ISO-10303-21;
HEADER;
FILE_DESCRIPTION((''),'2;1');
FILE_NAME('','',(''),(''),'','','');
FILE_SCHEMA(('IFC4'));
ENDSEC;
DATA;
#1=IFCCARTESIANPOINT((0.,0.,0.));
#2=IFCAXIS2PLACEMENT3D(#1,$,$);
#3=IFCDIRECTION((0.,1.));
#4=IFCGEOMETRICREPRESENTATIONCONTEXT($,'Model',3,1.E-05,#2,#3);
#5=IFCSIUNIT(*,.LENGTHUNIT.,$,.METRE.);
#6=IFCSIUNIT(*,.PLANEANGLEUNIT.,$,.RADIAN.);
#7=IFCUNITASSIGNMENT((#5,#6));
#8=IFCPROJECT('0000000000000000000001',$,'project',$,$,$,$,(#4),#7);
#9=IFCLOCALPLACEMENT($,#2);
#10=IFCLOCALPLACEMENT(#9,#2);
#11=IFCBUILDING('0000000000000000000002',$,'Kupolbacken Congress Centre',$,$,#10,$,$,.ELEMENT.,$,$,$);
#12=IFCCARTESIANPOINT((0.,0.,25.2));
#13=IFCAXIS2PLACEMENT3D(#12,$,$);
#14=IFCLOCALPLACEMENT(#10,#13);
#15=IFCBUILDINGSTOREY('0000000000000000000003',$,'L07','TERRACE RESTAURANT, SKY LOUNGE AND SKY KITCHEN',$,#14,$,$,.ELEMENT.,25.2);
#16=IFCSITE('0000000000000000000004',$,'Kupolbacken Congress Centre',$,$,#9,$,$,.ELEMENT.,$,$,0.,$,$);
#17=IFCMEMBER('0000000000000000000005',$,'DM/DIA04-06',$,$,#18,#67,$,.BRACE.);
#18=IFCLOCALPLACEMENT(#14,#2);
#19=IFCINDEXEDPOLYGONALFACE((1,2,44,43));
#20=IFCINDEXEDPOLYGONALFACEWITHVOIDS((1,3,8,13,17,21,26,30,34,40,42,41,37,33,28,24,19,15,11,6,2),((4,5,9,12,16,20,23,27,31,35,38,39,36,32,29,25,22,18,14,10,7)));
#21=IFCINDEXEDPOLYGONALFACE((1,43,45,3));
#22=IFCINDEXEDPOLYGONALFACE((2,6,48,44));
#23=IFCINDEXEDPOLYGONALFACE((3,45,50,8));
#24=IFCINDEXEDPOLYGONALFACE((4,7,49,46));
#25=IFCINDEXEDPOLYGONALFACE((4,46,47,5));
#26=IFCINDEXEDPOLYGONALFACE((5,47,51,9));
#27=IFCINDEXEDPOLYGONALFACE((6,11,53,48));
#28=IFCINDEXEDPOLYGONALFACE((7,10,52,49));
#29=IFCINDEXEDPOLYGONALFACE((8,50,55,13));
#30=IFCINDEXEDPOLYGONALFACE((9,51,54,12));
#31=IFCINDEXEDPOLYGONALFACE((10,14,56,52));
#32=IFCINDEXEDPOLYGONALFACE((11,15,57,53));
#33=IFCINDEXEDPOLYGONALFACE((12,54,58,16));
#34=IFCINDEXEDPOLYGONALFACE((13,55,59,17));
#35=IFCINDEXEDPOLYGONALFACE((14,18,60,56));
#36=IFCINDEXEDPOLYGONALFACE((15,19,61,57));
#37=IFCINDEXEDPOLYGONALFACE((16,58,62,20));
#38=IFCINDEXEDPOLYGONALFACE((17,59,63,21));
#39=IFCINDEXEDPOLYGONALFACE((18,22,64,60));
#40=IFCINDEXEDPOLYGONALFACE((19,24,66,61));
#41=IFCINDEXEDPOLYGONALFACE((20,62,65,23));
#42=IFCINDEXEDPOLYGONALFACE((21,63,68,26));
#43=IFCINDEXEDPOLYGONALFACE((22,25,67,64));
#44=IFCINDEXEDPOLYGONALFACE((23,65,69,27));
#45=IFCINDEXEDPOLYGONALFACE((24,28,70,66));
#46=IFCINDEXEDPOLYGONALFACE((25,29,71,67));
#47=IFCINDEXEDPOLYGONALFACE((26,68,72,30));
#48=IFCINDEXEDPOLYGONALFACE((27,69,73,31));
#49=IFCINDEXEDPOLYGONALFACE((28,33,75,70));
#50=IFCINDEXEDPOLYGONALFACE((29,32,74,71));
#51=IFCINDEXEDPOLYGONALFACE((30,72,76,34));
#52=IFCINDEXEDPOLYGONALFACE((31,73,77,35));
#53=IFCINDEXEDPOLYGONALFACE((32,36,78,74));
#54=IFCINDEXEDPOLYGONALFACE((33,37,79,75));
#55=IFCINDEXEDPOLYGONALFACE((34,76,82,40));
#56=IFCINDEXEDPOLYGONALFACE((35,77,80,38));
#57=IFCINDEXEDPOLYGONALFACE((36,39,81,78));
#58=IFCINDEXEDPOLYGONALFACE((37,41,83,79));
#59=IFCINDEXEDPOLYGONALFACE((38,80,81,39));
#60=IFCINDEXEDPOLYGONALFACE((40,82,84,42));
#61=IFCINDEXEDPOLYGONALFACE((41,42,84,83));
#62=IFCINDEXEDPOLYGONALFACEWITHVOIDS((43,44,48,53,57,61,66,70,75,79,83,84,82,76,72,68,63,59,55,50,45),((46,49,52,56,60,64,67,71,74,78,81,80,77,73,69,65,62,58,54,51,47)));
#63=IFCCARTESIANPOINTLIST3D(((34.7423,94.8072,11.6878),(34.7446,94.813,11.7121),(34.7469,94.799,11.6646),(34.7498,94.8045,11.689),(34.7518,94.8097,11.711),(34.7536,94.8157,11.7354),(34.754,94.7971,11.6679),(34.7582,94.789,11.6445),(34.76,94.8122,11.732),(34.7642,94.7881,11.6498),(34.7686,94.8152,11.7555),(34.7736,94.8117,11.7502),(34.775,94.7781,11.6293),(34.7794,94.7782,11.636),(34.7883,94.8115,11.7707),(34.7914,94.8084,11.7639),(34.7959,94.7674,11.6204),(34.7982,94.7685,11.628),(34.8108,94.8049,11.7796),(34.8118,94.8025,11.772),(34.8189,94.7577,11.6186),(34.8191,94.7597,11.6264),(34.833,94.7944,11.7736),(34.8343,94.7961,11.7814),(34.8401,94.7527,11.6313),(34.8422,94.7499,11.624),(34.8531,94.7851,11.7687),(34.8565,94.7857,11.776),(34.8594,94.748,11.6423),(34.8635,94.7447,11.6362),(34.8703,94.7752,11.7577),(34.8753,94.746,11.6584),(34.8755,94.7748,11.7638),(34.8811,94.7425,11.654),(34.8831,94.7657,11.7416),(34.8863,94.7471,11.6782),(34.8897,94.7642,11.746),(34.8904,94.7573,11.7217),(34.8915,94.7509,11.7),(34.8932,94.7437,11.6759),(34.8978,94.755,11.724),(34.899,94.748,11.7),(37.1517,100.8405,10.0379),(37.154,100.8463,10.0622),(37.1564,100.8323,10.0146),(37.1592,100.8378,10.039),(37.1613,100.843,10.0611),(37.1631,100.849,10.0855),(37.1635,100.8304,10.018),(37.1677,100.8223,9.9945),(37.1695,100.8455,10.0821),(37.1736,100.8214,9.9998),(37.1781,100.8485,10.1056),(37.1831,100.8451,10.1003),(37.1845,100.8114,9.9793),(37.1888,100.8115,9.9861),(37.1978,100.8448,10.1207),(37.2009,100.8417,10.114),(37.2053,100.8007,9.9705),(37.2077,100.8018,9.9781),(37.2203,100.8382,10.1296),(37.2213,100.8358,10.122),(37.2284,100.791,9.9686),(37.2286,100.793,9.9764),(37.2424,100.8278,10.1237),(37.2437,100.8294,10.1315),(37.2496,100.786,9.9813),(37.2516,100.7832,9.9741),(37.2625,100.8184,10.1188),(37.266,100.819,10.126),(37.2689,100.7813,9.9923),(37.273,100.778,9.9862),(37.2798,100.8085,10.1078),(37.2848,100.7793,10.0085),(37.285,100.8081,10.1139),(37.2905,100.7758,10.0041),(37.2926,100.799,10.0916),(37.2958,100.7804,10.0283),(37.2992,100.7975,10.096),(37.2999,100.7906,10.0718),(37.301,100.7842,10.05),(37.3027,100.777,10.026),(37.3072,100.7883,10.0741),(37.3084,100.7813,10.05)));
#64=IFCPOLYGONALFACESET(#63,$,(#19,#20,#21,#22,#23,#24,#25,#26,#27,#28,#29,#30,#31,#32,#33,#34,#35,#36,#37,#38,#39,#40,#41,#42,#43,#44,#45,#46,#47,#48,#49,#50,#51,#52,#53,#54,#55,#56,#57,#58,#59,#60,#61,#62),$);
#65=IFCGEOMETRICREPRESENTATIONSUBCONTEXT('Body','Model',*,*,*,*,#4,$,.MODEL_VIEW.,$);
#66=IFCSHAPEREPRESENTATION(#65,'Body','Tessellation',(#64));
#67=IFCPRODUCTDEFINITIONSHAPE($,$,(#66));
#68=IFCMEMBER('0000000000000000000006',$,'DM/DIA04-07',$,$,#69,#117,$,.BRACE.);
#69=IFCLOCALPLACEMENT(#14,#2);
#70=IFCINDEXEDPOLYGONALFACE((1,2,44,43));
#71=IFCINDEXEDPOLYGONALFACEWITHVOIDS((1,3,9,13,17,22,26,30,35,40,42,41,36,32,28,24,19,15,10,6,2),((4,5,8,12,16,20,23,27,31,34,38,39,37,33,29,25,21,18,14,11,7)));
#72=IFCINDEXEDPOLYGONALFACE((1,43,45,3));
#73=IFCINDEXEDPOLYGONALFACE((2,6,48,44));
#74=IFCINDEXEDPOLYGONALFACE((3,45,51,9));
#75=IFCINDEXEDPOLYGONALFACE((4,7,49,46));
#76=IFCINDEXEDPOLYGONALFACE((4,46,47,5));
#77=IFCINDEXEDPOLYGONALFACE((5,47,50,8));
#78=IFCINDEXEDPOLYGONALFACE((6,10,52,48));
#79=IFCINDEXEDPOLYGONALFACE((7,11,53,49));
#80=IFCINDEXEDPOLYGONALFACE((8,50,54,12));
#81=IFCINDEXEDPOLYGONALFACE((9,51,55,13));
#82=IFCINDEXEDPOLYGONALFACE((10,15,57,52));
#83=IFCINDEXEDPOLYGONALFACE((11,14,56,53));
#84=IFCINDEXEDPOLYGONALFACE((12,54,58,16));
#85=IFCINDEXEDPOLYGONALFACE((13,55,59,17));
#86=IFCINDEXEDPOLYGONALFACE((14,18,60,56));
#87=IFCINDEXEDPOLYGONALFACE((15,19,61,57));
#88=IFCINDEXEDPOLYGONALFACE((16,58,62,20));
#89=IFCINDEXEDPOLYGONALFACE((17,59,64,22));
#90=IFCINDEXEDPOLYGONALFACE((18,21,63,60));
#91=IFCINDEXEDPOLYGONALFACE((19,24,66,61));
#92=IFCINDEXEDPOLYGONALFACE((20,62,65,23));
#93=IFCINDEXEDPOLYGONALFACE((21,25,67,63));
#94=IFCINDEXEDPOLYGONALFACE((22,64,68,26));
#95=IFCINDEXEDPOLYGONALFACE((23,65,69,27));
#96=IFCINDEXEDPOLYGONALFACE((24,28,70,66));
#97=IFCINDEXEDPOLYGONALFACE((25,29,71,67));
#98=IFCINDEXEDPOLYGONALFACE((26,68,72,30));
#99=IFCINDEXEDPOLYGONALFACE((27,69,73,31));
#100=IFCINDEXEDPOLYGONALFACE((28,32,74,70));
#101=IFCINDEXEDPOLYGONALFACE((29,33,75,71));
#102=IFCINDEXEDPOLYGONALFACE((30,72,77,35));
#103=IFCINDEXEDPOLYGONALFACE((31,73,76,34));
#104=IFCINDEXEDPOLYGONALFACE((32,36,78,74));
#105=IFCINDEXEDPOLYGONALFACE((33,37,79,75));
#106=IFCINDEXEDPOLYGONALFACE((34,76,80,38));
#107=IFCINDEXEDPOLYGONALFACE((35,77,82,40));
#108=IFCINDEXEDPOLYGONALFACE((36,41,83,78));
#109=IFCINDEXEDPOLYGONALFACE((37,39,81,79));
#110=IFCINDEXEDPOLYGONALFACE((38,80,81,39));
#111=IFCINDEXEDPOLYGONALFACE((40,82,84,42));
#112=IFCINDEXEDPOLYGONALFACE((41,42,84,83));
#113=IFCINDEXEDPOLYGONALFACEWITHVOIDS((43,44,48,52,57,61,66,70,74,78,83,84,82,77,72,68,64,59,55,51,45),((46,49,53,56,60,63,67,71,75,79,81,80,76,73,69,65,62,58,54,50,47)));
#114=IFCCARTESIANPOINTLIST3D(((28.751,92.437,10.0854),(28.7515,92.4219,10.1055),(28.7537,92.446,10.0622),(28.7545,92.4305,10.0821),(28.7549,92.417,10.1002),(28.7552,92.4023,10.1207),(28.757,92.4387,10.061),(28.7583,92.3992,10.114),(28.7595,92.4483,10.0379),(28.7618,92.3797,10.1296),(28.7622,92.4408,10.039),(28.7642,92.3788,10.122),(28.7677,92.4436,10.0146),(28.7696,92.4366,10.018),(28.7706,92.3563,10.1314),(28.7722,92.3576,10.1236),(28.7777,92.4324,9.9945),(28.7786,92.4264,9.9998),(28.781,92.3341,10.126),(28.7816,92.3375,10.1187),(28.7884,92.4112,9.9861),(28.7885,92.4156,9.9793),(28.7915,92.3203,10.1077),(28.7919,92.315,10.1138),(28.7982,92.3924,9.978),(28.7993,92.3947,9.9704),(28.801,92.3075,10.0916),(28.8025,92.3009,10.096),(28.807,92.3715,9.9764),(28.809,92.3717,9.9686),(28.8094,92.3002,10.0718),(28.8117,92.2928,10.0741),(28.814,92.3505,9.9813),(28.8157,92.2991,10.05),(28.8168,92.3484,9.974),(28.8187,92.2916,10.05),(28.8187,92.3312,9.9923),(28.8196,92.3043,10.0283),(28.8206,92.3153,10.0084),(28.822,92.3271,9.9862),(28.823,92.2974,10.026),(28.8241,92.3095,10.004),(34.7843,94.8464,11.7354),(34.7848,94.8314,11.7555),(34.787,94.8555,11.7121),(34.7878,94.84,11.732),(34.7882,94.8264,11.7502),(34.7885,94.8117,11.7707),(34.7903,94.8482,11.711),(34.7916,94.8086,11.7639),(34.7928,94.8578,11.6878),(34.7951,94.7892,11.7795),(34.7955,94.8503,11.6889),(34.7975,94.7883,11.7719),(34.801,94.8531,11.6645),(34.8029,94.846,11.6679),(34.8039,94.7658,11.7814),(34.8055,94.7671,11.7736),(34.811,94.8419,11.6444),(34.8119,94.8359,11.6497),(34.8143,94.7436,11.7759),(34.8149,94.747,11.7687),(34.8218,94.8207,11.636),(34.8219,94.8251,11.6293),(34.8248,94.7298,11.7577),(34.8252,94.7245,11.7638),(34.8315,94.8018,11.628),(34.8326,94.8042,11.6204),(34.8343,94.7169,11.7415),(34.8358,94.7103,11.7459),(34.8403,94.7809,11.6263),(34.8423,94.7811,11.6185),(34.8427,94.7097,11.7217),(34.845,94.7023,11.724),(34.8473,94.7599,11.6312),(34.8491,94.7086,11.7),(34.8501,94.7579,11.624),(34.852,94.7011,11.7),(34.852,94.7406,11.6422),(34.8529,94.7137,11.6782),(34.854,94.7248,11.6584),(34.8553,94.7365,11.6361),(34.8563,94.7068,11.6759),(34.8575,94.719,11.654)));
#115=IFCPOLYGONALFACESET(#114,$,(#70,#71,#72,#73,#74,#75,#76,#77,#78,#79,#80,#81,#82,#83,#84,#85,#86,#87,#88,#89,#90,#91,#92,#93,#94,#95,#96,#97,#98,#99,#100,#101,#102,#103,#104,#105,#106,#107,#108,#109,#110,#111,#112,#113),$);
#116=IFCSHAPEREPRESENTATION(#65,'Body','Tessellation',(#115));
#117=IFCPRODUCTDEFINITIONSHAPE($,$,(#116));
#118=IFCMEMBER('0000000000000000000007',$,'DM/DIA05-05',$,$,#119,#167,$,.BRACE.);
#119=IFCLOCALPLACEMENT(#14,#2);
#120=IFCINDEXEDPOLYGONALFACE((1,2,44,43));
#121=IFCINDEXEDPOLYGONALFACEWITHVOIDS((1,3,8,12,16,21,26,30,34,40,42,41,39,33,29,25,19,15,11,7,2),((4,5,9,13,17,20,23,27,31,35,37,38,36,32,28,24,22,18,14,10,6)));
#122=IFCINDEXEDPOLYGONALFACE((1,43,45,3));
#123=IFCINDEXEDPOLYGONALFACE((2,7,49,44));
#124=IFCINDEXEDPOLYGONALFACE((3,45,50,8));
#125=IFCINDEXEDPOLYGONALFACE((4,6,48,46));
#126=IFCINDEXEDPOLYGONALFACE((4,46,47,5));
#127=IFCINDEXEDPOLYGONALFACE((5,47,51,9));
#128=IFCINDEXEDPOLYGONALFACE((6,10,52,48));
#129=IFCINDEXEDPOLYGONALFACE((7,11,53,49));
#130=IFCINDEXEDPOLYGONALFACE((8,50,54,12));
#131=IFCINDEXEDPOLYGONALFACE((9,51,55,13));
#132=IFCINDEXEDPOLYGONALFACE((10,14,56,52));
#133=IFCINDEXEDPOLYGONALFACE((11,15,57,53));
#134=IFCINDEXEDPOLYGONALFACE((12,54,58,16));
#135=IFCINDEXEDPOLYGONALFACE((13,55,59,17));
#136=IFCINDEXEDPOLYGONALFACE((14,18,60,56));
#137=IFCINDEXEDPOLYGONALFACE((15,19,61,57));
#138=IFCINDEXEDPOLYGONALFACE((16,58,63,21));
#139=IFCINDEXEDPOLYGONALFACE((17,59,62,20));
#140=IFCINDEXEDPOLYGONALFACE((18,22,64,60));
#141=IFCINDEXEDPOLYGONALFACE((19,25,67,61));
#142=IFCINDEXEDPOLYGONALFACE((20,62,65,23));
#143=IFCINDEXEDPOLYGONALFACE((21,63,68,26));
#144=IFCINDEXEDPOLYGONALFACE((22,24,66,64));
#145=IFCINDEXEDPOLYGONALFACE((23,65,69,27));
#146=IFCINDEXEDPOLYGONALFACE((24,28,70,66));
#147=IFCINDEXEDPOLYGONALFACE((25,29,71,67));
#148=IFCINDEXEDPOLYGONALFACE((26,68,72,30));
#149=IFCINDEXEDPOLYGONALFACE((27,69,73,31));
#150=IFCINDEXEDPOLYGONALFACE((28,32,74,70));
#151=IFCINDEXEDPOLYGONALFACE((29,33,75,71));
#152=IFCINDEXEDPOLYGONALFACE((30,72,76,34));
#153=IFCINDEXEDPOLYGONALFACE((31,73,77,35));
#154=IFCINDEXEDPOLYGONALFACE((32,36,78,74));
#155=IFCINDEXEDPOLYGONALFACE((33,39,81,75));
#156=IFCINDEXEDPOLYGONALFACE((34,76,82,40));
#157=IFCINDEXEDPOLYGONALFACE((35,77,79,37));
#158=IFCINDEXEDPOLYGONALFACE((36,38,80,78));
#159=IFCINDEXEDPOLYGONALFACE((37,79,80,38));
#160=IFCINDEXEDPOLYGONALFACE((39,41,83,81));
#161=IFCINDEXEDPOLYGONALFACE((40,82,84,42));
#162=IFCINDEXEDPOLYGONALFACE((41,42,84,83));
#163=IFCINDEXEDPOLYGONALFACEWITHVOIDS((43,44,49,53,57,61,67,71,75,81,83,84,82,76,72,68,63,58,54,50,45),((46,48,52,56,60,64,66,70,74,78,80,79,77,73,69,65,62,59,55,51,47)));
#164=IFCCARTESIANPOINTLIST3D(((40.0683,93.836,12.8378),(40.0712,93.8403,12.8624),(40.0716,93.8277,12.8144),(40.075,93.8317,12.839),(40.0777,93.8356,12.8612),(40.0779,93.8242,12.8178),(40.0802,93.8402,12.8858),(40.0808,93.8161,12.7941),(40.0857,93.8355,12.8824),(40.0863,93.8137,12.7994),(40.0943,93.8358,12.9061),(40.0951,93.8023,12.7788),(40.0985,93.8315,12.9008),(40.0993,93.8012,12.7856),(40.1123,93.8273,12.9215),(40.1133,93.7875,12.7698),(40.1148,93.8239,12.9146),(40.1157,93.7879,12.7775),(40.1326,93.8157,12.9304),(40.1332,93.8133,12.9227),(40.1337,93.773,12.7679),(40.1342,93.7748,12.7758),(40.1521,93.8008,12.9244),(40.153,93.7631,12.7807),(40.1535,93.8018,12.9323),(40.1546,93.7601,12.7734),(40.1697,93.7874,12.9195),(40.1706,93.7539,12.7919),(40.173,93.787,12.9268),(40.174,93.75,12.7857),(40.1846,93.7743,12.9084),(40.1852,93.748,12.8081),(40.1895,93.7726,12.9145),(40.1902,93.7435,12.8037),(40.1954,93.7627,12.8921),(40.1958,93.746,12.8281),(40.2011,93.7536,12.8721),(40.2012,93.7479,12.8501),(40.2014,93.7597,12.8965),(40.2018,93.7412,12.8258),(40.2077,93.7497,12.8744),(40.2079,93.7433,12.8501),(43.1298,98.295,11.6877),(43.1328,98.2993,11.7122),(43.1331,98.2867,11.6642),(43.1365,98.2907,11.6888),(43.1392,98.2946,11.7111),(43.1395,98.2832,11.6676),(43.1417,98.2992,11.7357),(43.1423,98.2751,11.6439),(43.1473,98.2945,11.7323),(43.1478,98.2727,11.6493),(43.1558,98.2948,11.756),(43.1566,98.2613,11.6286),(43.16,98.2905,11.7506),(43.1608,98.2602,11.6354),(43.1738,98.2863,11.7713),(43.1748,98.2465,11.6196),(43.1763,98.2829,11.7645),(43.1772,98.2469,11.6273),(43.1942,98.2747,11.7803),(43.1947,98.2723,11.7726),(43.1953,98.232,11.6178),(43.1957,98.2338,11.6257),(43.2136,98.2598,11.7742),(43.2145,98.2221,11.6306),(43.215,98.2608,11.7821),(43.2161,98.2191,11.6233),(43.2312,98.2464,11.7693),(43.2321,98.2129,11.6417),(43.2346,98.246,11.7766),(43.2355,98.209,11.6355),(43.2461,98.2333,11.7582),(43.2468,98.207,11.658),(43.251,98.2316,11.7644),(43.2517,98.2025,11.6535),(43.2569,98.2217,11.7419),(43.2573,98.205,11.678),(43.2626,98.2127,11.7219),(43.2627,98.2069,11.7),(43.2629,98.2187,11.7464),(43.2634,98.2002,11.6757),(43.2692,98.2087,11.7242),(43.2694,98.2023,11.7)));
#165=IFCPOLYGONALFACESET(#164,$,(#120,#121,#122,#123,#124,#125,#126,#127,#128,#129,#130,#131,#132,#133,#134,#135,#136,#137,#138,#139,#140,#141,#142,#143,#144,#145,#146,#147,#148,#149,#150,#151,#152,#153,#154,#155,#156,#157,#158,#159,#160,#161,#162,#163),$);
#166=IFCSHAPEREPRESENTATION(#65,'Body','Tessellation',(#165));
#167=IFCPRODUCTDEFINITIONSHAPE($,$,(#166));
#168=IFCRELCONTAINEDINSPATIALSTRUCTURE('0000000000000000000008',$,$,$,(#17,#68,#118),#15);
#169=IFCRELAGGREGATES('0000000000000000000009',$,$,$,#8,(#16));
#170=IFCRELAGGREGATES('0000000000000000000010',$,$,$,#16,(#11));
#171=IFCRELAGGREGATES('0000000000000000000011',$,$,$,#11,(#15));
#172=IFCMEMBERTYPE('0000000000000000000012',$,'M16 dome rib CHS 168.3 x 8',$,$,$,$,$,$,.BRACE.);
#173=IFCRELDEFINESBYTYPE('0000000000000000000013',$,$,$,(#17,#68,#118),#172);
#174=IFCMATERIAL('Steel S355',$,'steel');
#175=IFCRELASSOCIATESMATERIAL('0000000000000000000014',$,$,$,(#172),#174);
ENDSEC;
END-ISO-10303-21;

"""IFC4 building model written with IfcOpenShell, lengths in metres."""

from ifc_helpers import new_model, si_unit, direction, frame, origin, origin_2d, place, context, subcontext, project, spatial, hollow_circle, extrude, material, material_profile, profile_set, type_object, element, save


model = new_model("IFC4")

# Units and contexts
model_context = context("Model", 3, precision=1e-05, world=origin(), true_north=direction((0.0, 1.0)))
body_context = subcontext(model_context, "Body", "Model", "MODEL_VIEW")
ifc_project = project(units=[si_unit("LENGTHUNIT", "METRE"), si_unit("PLANEANGLEUNIT", "RADIAN")], contexts=[model_context])

# Site, building, storey
site_placement = place(None, origin())
site = spatial("IfcSite", under=ifc_project, at=site_placement, Name="Kupolbacken Congress Centre", CompositionType="ELEMENT", RefElevation=0.0)
building_placement = place(site_placement, origin())
building = spatial("IfcBuilding", under=site, at=building_placement, Name="Kupolbacken Congress Centre", CompositionType="ELEMENT")
storey_placement = place(building_placement, frame((0.0, 0.0, 25.2)))
storey = spatial("IfcBuildingStorey", under=building, at=storey_placement, Name="L07", Description="TERRACE RESTAURANT, SKY LOUNGE AND SKY KITCHEN", CompositionType="ELEMENT", Elevation=25.2)

# Members
ifc_material_1 = material(Name="Steel S355", Category="steel")
ifc_material_profile_1 = material_profile(ifc_material_1, hollow_circle(Radius=0.0842, WallThickness=0.0081, at=origin_2d()), Name="CHS 168.3 x 8")
ifc_profile_set_1 = profile_set([ifc_material_profile_1], Name="Steel S355")
member_type_1 = type_object("IfcMemberType", Name="M16 dome rib CHS 168.3 x 8", PredefinedType="BRACE", material=ifc_profile_set_1)
for number, where, z_axis, x_axis, name in (
    (1, (37.2302, 100.8125, 10.05), (-0.359467, -0.900107, 0.246153), (0.928681, -0.370879, 0.0), "DM/DIA04-06"),
    (2, (34.8208, 94.7793, 11.7), (-0.900107, -0.359467, -0.246153), (0.370879, -0.928681, 0.0), "DM/DIA04-07"),
):
    element("IfcMember", number, at=place(storey_placement, frame(where, z_axis=z_axis, x_axis=x_axis)), inside=storey, type_object=member_type_1, Name=name, PredefinedType="BRACE", context=body_context, shape_type="SweptSolid", body=[
        extrude(hollow_circle(Radius=0.0842, WallThickness=0.0081, at=origin_2d()), origin(), (0.0, 0.0, 1.0), 6.7029),
    ])
member_1_placement = place(storey_placement, frame((43.2, 98.25, 11.7), z_axis=(-0.553644, -0.806361, 0.207992), x_axis=(0.824389, -0.566023, 0.0)))
element("IfcMember", 3, at=member_1_placement, inside=storey, type_object=member_type_1, Name="DM/DIA05-05", PredefinedType="BRACE", context=body_context, shape_type="SweptSolid", body=[
    extrude(hollow_circle(Radius=0.0842, WallThickness=0.0081, at=origin_2d()), origin(), (0.0, 0.0, 1.0), 5.5298),
])

save(model, "model.ifc")
